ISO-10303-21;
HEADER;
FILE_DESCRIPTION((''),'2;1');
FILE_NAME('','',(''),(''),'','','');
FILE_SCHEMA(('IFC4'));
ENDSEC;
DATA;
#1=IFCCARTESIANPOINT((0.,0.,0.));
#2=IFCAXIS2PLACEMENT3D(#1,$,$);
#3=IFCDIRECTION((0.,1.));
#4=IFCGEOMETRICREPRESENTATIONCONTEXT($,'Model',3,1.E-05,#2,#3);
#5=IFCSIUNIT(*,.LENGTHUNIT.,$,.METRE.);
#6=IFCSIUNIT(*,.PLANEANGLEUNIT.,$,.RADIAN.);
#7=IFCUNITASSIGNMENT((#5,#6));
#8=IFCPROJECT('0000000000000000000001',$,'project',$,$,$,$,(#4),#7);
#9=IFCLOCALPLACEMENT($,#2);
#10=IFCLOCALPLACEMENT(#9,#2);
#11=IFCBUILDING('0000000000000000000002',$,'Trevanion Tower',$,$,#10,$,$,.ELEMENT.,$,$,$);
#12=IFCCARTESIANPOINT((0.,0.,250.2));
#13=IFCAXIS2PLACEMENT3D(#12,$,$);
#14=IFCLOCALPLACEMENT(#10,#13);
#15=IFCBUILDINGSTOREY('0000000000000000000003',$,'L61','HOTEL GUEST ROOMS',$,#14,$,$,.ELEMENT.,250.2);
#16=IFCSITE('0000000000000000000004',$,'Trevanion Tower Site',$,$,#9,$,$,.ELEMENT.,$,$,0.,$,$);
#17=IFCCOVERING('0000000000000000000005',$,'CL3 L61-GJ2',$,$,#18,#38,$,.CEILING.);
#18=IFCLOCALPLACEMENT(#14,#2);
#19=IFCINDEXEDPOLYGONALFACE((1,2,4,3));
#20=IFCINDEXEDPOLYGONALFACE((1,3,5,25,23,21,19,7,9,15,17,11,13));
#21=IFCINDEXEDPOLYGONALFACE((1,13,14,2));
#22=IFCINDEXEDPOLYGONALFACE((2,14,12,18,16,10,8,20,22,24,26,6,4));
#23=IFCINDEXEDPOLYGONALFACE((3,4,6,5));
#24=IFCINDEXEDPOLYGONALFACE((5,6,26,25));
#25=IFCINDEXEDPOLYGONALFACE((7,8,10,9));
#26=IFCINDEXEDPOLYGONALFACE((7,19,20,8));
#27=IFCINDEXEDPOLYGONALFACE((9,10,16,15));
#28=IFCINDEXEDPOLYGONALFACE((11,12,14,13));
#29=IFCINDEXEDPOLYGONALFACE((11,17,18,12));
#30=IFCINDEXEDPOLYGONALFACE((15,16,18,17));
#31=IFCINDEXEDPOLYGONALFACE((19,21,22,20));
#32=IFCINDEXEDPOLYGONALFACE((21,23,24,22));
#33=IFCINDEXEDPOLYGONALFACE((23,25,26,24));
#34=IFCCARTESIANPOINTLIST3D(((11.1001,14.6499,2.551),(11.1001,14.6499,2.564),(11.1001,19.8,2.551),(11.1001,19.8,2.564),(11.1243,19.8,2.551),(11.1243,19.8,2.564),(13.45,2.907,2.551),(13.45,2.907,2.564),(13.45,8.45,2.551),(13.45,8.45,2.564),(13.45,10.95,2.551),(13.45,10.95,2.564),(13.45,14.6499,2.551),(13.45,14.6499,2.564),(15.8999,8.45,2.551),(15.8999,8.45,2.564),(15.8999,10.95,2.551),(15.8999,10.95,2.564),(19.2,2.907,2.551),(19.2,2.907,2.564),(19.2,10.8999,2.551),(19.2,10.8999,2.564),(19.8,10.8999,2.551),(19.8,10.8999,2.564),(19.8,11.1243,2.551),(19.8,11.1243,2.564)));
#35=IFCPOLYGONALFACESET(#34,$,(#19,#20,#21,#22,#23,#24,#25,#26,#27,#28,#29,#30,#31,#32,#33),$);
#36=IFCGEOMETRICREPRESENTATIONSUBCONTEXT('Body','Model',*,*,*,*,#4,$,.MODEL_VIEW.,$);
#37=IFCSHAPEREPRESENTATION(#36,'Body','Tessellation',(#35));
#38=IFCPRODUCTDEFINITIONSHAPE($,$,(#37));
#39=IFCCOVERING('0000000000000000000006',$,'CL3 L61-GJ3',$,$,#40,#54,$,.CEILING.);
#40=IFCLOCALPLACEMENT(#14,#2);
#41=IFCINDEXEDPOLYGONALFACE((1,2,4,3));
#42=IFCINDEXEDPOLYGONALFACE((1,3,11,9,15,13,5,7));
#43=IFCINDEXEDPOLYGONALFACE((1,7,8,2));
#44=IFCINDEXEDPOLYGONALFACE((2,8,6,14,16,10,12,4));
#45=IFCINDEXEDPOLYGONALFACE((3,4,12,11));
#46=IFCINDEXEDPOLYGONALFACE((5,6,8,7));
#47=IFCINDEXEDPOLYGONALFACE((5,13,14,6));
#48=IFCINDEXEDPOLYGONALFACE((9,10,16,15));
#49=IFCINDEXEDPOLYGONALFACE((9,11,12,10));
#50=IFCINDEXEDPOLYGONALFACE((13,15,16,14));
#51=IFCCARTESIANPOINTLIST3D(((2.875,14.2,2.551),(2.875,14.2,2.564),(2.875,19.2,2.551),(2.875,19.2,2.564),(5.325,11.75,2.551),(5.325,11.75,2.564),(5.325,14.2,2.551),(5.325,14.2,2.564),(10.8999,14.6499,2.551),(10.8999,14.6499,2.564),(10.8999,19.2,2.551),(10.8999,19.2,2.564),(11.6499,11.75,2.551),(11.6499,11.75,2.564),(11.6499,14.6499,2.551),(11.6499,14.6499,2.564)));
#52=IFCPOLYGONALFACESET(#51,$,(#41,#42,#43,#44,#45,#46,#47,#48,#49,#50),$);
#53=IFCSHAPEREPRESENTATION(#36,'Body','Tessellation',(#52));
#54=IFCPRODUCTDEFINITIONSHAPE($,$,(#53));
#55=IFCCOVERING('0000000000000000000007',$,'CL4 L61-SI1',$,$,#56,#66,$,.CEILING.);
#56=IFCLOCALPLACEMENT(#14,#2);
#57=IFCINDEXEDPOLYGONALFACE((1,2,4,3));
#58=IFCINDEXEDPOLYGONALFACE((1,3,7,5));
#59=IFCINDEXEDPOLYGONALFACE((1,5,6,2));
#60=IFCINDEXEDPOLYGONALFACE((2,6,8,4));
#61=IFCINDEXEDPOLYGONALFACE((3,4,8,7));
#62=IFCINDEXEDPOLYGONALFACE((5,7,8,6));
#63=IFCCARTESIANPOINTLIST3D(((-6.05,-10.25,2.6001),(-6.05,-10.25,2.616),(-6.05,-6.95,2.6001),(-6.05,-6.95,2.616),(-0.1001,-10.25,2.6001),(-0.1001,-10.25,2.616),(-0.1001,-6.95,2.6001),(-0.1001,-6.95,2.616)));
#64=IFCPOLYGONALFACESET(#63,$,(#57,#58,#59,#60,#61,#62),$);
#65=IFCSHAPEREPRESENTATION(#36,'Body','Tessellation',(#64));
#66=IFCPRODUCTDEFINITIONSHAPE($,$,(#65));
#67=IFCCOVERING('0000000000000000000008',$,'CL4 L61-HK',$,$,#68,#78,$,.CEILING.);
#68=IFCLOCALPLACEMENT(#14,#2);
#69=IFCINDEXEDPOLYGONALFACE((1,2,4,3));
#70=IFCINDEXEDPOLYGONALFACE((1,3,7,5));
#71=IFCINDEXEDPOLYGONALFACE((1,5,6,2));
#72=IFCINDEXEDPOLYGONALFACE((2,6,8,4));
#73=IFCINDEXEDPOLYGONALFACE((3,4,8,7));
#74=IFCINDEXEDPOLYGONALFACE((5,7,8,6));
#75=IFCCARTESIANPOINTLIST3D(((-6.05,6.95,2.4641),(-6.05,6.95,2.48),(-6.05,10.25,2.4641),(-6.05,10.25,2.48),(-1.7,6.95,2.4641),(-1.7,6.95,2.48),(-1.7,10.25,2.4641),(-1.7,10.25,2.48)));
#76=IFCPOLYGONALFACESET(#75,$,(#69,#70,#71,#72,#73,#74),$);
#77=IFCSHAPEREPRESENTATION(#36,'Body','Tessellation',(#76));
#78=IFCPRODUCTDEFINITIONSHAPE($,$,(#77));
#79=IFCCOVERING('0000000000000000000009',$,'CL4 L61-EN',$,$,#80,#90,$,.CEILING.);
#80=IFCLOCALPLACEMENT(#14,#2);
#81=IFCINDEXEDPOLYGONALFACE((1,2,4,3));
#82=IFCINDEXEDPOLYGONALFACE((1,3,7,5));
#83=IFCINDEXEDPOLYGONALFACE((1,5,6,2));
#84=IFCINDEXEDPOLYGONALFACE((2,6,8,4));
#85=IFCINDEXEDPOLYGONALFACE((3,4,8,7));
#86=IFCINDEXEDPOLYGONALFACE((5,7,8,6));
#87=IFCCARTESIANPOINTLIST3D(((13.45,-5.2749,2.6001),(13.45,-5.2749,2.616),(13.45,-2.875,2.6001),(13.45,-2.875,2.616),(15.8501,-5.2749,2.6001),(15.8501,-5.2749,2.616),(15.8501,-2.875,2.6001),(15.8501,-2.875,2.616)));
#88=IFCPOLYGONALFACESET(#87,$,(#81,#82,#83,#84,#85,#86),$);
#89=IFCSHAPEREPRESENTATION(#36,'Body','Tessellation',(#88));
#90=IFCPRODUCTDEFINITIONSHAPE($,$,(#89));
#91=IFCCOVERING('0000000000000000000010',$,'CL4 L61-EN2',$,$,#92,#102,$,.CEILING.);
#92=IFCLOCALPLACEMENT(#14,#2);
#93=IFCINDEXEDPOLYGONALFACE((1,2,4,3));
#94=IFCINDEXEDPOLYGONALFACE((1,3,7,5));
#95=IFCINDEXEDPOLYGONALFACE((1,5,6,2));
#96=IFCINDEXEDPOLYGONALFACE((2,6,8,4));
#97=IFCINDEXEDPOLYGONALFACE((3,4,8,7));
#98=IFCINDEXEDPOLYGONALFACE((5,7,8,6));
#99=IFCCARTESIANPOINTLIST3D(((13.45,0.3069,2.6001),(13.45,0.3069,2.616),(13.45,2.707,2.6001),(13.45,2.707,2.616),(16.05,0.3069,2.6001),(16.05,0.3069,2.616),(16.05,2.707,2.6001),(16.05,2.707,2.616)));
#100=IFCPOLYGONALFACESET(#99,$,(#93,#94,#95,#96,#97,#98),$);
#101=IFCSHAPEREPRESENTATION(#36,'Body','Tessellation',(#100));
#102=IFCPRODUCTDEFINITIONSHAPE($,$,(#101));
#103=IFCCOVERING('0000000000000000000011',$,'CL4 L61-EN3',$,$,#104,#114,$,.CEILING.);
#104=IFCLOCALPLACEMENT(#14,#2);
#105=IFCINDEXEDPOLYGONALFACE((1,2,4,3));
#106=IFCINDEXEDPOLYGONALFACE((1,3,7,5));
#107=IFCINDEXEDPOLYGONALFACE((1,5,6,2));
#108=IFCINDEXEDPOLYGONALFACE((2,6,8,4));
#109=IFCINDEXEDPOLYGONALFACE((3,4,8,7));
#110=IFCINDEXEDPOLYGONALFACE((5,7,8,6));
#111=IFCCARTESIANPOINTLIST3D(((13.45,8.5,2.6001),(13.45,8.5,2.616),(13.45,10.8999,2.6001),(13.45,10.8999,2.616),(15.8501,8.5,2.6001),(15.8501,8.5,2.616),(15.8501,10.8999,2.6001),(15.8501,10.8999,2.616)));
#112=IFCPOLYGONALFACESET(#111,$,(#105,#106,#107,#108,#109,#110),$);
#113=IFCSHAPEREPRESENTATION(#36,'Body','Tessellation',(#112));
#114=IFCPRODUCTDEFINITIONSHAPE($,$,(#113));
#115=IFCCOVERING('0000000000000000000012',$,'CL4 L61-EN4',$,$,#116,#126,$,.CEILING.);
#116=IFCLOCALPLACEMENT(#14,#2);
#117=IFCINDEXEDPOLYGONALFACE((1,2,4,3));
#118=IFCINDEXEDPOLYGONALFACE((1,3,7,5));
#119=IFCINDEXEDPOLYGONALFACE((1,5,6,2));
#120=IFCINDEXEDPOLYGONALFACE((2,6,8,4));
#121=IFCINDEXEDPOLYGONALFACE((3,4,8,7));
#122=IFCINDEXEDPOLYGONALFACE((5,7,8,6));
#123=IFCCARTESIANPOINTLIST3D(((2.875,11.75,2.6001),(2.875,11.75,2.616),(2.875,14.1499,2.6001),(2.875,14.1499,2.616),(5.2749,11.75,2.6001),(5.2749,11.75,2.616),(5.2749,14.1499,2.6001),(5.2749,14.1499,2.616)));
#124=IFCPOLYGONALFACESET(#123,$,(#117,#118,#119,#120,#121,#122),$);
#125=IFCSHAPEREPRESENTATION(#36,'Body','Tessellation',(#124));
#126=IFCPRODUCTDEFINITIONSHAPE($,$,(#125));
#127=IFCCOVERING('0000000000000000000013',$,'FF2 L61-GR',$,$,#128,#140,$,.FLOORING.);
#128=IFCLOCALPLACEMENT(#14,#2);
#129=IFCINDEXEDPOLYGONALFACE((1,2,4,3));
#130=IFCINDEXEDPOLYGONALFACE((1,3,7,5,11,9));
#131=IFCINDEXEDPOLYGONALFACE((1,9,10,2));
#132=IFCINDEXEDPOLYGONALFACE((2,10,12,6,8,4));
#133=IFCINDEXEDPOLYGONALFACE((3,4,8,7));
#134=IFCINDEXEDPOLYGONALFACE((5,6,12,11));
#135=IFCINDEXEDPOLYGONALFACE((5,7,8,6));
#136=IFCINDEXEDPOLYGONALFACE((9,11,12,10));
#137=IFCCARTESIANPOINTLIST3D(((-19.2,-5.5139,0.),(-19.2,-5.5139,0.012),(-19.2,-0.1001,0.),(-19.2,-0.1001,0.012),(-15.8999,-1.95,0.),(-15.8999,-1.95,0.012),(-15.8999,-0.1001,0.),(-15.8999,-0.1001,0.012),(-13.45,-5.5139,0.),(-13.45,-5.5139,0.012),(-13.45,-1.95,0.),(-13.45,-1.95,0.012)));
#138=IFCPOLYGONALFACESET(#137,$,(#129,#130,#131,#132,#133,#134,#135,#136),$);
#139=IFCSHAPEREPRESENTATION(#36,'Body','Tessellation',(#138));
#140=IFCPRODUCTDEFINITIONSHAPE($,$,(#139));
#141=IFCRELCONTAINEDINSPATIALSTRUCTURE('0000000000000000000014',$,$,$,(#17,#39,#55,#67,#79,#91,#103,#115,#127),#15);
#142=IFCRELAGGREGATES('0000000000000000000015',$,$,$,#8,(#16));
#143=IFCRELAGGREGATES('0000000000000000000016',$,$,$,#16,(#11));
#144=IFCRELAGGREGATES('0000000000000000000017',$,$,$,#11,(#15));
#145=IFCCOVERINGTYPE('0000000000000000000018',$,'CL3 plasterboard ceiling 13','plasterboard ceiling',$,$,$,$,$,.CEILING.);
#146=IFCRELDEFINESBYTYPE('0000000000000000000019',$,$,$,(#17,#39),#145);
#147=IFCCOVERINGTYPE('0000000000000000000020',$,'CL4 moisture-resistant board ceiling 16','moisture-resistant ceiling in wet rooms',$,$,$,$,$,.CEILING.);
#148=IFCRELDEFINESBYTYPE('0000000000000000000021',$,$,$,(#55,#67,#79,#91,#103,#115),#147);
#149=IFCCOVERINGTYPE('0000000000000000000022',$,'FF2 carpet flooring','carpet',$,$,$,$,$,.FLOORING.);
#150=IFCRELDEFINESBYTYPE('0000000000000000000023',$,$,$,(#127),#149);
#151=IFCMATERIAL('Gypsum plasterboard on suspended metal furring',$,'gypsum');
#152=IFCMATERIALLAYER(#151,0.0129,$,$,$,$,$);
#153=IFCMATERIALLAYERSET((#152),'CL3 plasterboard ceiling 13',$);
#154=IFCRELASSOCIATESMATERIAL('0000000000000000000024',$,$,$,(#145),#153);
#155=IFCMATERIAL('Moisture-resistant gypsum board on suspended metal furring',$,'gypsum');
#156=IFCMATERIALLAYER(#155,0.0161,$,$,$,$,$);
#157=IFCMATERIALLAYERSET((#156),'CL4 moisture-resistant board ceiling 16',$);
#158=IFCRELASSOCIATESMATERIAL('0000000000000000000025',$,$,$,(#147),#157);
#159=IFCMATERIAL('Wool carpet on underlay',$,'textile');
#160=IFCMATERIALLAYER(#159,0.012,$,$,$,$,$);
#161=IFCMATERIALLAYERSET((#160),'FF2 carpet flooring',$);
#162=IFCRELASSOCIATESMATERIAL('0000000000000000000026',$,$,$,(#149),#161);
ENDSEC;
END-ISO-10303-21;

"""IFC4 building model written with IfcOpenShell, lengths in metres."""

from ifc_helpers import new_model, si_unit, direction, frame, origin, place, context, subcontext, project, spatial, polyline, outline, extrude, material, layer, layer_set, type_object, element, save


model = new_model("IFC4")

# Units and contexts
model_context = context("Model", 3, precision=1e-05, world=origin(), true_north=direction((0.0, 1.0)))
body_context = subcontext(model_context, "Body", "Model", "MODEL_VIEW")
ifc_project = project(units=[si_unit("LENGTHUNIT", "METRE"), si_unit("PLANEANGLEUNIT", "RADIAN")], contexts=[model_context])

# Site, building, storey
site_placement = place(None, origin())
site = spatial("IfcSite", under=ifc_project, at=site_placement, Name="Trevanion Tower Site", CompositionType="ELEMENT", RefElevation=0.0)
building_placement = place(site_placement, origin())
building = spatial("IfcBuilding", under=site, at=building_placement, Name="Trevanion Tower", CompositionType="ELEMENT")
storey_placement = place(building_placement, frame((0.0, 0.0, 250.2)))
storey = spatial("IfcBuildingStorey", under=building, at=storey_placement, Name="L61", Description="HOTEL GUEST ROOMS", CompositionType="ELEMENT", Elevation=250.2)

# Coverings
ifc_material_1 = material(Name="Gypsum plasterboard on suspended metal furring", Category="gypsum")
ifc_layer_1 = layer(ifc_material_1, 0.0129)
ifc_layer_set_1 = layer_set([ifc_layer_1], Name="CL3 plasterboard ceiling 13")
covering_type_1 = type_object("IfcCoveringType", Name="CL3 plasterboard ceiling 13", Description="plasterboard ceiling", PredefinedType="CEILING", material=ifc_layer_set_1)
covering_1_placement = place(storey_placement, frame((0.0, 0.0, 2.551)))
element("IfcCovering", 1, at=covering_1_placement, inside=storey, type_object=covering_type_1, Name="CL3 L61-GJ2", PredefinedType="CEILING", context=body_context, shape_type="SweptSolid", body=[
    extrude(outline(polyline([(11.1001, 14.6499), (11.1001, 19.8), (11.1243, 19.8), (19.8, 11.1243), (19.8, 10.8999), (19.2, 10.8999), (19.2, 2.907), (13.45, 2.907), (13.45, 8.45), (15.8999, 8.45), (15.8999, 10.95), (13.45, 10.95), (13.45, 14.6499), (11.1001, 14.6499)])), origin(), (0.0, 0.0, 1.0), 0.0129),
])
covering_2_placement = place(storey_placement, frame((0.0, 0.0, 2.551)))
element("IfcCovering", 2, at=covering_2_placement, inside=storey, type_object=covering_type_1, Name="CL3 L61-GJ3", PredefinedType="CEILING", context=body_context, shape_type="SweptSolid", body=[
    extrude(outline(polyline([(2.875, 19.2), (10.8999, 19.2), (10.8999, 14.6499), (11.6499, 14.6499), (11.6499, 11.75), (5.325, 11.75), (5.325, 14.2), (2.875, 14.2), (2.875, 19.2)])), origin(), (0.0, 0.0, 1.0), 0.0129),
])
ifc_material_2 = material(Name="Moisture-resistant gypsum board on suspended metal furring", Category="gypsum")
ifc_layer_2 = layer(ifc_material_2, 0.0161)
ifc_layer_set_2 = layer_set([ifc_layer_2], Name="CL4 moisture-resistant board ceiling 16")
covering_type_2 = type_object("IfcCoveringType", Name="CL4 moisture-resistant board ceiling 16", Description="moisture-resistant ceiling in wet rooms", PredefinedType="CEILING", material=ifc_layer_set_2)
covering_3_placement = place(storey_placement, frame((0.0, 0.0, 2.6001)))
element("IfcCovering", 3, at=covering_3_placement, inside=storey, type_object=covering_type_2, Name="CL4 L61-SI1", PredefinedType="CEILING", context=body_context, shape_type="SweptSolid", body=[
    extrude(outline(polyline([(-0.1001, -10.25), (-0.1001, -6.95), (-6.05, -6.95), (-6.05, -10.25), (-0.1001, -10.25)])), origin(), (0.0, 0.0, 1.0), 0.0159),
])
covering_4_placement = place(storey_placement, frame((0.0, 0.0, 2.4641)))
element("IfcCovering", 4, at=covering_4_placement, inside=storey, type_object=covering_type_2, Name="CL4 L61-HK", PredefinedType="CEILING", context=body_context, shape_type="SweptSolid", body=[
    extrude(outline(polyline([(-1.7, 6.95), (-1.7, 10.25), (-6.05, 10.25), (-6.05, 6.95), (-1.7, 6.95)])), origin(), (0.0, 0.0, 1.0), 0.0159),
])
covering_5_placement = place(storey_placement, frame((0.0, 0.0, 2.6001)))
element("IfcCovering", 5, at=covering_5_placement, inside=storey, type_object=covering_type_2, Name="CL4 L61-EN", PredefinedType="CEILING", context=body_context, shape_type="SweptSolid", body=[
    extrude(outline(polyline([(15.8501, -5.2749), (15.8501, -2.875), (13.45, -2.875), (13.45, -5.2749), (15.8501, -5.2749)])), origin(), (0.0, 0.0, 1.0), 0.0159),
])
covering_6_placement = place(storey_placement, frame((0.0, 0.0, 2.6001)))
element("IfcCovering", 6, at=covering_6_placement, inside=storey, type_object=covering_type_2, Name="CL4 L61-EN2", PredefinedType="CEILING", context=body_context, shape_type="SweptSolid", body=[
    extrude(outline(polyline([(16.05, 0.3069), (16.05, 2.707), (13.45, 2.707), (13.45, 0.3069), (16.05, 0.3069)])), origin(), (0.0, 0.0, 1.0), 0.0159),
])
covering_7_placement = place(storey_placement, frame((0.0, 0.0, 2.6001)))
element("IfcCovering", 7, at=covering_7_placement, inside=storey, type_object=covering_type_2, Name="CL4 L61-EN3", PredefinedType="CEILING", context=body_context, shape_type="SweptSolid", body=[
    extrude(outline(polyline([(15.8501, 8.5), (15.8501, 10.8999), (13.45, 10.8999), (13.45, 8.5), (15.8501, 8.5)])), origin(), (0.0, 0.0, 1.0), 0.0159),
])
covering_8_placement = place(storey_placement, frame((0.0, 0.0, 2.6001)))
element("IfcCovering", 8, at=covering_8_placement, inside=storey, type_object=covering_type_2, Name="CL4 L61-EN4", PredefinedType="CEILING", context=body_context, shape_type="SweptSolid", body=[
    extrude(outline(polyline([(5.2749, 14.1499), (2.875, 14.1499), (2.875, 11.75), (5.2749, 11.75), (5.2749, 14.1499)])), origin(), (0.0, 0.0, 1.0), 0.0159),
])
ifc_material_3 = material(Name="Wool carpet on underlay", Category="textile")
ifc_layer_3 = layer(ifc_material_3, 0.012)
ifc_layer_set_3 = layer_set([ifc_layer_3], Name="FF2 carpet flooring")
covering_type_3 = type_object("IfcCoveringType", Name="FF2 carpet flooring", Description="carpet", PredefinedType="FLOORING", material=ifc_layer_set_3)
covering_9_placement = place(storey_placement, origin())
element("IfcCovering", 9, at=covering_9_placement, inside=storey, type_object=covering_type_3, Name="FF2 L61-GR", PredefinedType="FLOORING", context=body_context, shape_type="SweptSolid", body=[
    extrude(outline(polyline([(-13.45, -5.5139), (-19.2, -5.5139), (-19.2, -0.1001), (-15.8999, -0.1001), (-15.8999, -1.95), (-13.45, -1.95), (-13.45, -5.5139)])), origin(), (0.0, 0.0, 1.0), 0.012),
])

save(model, "model.ifc")
